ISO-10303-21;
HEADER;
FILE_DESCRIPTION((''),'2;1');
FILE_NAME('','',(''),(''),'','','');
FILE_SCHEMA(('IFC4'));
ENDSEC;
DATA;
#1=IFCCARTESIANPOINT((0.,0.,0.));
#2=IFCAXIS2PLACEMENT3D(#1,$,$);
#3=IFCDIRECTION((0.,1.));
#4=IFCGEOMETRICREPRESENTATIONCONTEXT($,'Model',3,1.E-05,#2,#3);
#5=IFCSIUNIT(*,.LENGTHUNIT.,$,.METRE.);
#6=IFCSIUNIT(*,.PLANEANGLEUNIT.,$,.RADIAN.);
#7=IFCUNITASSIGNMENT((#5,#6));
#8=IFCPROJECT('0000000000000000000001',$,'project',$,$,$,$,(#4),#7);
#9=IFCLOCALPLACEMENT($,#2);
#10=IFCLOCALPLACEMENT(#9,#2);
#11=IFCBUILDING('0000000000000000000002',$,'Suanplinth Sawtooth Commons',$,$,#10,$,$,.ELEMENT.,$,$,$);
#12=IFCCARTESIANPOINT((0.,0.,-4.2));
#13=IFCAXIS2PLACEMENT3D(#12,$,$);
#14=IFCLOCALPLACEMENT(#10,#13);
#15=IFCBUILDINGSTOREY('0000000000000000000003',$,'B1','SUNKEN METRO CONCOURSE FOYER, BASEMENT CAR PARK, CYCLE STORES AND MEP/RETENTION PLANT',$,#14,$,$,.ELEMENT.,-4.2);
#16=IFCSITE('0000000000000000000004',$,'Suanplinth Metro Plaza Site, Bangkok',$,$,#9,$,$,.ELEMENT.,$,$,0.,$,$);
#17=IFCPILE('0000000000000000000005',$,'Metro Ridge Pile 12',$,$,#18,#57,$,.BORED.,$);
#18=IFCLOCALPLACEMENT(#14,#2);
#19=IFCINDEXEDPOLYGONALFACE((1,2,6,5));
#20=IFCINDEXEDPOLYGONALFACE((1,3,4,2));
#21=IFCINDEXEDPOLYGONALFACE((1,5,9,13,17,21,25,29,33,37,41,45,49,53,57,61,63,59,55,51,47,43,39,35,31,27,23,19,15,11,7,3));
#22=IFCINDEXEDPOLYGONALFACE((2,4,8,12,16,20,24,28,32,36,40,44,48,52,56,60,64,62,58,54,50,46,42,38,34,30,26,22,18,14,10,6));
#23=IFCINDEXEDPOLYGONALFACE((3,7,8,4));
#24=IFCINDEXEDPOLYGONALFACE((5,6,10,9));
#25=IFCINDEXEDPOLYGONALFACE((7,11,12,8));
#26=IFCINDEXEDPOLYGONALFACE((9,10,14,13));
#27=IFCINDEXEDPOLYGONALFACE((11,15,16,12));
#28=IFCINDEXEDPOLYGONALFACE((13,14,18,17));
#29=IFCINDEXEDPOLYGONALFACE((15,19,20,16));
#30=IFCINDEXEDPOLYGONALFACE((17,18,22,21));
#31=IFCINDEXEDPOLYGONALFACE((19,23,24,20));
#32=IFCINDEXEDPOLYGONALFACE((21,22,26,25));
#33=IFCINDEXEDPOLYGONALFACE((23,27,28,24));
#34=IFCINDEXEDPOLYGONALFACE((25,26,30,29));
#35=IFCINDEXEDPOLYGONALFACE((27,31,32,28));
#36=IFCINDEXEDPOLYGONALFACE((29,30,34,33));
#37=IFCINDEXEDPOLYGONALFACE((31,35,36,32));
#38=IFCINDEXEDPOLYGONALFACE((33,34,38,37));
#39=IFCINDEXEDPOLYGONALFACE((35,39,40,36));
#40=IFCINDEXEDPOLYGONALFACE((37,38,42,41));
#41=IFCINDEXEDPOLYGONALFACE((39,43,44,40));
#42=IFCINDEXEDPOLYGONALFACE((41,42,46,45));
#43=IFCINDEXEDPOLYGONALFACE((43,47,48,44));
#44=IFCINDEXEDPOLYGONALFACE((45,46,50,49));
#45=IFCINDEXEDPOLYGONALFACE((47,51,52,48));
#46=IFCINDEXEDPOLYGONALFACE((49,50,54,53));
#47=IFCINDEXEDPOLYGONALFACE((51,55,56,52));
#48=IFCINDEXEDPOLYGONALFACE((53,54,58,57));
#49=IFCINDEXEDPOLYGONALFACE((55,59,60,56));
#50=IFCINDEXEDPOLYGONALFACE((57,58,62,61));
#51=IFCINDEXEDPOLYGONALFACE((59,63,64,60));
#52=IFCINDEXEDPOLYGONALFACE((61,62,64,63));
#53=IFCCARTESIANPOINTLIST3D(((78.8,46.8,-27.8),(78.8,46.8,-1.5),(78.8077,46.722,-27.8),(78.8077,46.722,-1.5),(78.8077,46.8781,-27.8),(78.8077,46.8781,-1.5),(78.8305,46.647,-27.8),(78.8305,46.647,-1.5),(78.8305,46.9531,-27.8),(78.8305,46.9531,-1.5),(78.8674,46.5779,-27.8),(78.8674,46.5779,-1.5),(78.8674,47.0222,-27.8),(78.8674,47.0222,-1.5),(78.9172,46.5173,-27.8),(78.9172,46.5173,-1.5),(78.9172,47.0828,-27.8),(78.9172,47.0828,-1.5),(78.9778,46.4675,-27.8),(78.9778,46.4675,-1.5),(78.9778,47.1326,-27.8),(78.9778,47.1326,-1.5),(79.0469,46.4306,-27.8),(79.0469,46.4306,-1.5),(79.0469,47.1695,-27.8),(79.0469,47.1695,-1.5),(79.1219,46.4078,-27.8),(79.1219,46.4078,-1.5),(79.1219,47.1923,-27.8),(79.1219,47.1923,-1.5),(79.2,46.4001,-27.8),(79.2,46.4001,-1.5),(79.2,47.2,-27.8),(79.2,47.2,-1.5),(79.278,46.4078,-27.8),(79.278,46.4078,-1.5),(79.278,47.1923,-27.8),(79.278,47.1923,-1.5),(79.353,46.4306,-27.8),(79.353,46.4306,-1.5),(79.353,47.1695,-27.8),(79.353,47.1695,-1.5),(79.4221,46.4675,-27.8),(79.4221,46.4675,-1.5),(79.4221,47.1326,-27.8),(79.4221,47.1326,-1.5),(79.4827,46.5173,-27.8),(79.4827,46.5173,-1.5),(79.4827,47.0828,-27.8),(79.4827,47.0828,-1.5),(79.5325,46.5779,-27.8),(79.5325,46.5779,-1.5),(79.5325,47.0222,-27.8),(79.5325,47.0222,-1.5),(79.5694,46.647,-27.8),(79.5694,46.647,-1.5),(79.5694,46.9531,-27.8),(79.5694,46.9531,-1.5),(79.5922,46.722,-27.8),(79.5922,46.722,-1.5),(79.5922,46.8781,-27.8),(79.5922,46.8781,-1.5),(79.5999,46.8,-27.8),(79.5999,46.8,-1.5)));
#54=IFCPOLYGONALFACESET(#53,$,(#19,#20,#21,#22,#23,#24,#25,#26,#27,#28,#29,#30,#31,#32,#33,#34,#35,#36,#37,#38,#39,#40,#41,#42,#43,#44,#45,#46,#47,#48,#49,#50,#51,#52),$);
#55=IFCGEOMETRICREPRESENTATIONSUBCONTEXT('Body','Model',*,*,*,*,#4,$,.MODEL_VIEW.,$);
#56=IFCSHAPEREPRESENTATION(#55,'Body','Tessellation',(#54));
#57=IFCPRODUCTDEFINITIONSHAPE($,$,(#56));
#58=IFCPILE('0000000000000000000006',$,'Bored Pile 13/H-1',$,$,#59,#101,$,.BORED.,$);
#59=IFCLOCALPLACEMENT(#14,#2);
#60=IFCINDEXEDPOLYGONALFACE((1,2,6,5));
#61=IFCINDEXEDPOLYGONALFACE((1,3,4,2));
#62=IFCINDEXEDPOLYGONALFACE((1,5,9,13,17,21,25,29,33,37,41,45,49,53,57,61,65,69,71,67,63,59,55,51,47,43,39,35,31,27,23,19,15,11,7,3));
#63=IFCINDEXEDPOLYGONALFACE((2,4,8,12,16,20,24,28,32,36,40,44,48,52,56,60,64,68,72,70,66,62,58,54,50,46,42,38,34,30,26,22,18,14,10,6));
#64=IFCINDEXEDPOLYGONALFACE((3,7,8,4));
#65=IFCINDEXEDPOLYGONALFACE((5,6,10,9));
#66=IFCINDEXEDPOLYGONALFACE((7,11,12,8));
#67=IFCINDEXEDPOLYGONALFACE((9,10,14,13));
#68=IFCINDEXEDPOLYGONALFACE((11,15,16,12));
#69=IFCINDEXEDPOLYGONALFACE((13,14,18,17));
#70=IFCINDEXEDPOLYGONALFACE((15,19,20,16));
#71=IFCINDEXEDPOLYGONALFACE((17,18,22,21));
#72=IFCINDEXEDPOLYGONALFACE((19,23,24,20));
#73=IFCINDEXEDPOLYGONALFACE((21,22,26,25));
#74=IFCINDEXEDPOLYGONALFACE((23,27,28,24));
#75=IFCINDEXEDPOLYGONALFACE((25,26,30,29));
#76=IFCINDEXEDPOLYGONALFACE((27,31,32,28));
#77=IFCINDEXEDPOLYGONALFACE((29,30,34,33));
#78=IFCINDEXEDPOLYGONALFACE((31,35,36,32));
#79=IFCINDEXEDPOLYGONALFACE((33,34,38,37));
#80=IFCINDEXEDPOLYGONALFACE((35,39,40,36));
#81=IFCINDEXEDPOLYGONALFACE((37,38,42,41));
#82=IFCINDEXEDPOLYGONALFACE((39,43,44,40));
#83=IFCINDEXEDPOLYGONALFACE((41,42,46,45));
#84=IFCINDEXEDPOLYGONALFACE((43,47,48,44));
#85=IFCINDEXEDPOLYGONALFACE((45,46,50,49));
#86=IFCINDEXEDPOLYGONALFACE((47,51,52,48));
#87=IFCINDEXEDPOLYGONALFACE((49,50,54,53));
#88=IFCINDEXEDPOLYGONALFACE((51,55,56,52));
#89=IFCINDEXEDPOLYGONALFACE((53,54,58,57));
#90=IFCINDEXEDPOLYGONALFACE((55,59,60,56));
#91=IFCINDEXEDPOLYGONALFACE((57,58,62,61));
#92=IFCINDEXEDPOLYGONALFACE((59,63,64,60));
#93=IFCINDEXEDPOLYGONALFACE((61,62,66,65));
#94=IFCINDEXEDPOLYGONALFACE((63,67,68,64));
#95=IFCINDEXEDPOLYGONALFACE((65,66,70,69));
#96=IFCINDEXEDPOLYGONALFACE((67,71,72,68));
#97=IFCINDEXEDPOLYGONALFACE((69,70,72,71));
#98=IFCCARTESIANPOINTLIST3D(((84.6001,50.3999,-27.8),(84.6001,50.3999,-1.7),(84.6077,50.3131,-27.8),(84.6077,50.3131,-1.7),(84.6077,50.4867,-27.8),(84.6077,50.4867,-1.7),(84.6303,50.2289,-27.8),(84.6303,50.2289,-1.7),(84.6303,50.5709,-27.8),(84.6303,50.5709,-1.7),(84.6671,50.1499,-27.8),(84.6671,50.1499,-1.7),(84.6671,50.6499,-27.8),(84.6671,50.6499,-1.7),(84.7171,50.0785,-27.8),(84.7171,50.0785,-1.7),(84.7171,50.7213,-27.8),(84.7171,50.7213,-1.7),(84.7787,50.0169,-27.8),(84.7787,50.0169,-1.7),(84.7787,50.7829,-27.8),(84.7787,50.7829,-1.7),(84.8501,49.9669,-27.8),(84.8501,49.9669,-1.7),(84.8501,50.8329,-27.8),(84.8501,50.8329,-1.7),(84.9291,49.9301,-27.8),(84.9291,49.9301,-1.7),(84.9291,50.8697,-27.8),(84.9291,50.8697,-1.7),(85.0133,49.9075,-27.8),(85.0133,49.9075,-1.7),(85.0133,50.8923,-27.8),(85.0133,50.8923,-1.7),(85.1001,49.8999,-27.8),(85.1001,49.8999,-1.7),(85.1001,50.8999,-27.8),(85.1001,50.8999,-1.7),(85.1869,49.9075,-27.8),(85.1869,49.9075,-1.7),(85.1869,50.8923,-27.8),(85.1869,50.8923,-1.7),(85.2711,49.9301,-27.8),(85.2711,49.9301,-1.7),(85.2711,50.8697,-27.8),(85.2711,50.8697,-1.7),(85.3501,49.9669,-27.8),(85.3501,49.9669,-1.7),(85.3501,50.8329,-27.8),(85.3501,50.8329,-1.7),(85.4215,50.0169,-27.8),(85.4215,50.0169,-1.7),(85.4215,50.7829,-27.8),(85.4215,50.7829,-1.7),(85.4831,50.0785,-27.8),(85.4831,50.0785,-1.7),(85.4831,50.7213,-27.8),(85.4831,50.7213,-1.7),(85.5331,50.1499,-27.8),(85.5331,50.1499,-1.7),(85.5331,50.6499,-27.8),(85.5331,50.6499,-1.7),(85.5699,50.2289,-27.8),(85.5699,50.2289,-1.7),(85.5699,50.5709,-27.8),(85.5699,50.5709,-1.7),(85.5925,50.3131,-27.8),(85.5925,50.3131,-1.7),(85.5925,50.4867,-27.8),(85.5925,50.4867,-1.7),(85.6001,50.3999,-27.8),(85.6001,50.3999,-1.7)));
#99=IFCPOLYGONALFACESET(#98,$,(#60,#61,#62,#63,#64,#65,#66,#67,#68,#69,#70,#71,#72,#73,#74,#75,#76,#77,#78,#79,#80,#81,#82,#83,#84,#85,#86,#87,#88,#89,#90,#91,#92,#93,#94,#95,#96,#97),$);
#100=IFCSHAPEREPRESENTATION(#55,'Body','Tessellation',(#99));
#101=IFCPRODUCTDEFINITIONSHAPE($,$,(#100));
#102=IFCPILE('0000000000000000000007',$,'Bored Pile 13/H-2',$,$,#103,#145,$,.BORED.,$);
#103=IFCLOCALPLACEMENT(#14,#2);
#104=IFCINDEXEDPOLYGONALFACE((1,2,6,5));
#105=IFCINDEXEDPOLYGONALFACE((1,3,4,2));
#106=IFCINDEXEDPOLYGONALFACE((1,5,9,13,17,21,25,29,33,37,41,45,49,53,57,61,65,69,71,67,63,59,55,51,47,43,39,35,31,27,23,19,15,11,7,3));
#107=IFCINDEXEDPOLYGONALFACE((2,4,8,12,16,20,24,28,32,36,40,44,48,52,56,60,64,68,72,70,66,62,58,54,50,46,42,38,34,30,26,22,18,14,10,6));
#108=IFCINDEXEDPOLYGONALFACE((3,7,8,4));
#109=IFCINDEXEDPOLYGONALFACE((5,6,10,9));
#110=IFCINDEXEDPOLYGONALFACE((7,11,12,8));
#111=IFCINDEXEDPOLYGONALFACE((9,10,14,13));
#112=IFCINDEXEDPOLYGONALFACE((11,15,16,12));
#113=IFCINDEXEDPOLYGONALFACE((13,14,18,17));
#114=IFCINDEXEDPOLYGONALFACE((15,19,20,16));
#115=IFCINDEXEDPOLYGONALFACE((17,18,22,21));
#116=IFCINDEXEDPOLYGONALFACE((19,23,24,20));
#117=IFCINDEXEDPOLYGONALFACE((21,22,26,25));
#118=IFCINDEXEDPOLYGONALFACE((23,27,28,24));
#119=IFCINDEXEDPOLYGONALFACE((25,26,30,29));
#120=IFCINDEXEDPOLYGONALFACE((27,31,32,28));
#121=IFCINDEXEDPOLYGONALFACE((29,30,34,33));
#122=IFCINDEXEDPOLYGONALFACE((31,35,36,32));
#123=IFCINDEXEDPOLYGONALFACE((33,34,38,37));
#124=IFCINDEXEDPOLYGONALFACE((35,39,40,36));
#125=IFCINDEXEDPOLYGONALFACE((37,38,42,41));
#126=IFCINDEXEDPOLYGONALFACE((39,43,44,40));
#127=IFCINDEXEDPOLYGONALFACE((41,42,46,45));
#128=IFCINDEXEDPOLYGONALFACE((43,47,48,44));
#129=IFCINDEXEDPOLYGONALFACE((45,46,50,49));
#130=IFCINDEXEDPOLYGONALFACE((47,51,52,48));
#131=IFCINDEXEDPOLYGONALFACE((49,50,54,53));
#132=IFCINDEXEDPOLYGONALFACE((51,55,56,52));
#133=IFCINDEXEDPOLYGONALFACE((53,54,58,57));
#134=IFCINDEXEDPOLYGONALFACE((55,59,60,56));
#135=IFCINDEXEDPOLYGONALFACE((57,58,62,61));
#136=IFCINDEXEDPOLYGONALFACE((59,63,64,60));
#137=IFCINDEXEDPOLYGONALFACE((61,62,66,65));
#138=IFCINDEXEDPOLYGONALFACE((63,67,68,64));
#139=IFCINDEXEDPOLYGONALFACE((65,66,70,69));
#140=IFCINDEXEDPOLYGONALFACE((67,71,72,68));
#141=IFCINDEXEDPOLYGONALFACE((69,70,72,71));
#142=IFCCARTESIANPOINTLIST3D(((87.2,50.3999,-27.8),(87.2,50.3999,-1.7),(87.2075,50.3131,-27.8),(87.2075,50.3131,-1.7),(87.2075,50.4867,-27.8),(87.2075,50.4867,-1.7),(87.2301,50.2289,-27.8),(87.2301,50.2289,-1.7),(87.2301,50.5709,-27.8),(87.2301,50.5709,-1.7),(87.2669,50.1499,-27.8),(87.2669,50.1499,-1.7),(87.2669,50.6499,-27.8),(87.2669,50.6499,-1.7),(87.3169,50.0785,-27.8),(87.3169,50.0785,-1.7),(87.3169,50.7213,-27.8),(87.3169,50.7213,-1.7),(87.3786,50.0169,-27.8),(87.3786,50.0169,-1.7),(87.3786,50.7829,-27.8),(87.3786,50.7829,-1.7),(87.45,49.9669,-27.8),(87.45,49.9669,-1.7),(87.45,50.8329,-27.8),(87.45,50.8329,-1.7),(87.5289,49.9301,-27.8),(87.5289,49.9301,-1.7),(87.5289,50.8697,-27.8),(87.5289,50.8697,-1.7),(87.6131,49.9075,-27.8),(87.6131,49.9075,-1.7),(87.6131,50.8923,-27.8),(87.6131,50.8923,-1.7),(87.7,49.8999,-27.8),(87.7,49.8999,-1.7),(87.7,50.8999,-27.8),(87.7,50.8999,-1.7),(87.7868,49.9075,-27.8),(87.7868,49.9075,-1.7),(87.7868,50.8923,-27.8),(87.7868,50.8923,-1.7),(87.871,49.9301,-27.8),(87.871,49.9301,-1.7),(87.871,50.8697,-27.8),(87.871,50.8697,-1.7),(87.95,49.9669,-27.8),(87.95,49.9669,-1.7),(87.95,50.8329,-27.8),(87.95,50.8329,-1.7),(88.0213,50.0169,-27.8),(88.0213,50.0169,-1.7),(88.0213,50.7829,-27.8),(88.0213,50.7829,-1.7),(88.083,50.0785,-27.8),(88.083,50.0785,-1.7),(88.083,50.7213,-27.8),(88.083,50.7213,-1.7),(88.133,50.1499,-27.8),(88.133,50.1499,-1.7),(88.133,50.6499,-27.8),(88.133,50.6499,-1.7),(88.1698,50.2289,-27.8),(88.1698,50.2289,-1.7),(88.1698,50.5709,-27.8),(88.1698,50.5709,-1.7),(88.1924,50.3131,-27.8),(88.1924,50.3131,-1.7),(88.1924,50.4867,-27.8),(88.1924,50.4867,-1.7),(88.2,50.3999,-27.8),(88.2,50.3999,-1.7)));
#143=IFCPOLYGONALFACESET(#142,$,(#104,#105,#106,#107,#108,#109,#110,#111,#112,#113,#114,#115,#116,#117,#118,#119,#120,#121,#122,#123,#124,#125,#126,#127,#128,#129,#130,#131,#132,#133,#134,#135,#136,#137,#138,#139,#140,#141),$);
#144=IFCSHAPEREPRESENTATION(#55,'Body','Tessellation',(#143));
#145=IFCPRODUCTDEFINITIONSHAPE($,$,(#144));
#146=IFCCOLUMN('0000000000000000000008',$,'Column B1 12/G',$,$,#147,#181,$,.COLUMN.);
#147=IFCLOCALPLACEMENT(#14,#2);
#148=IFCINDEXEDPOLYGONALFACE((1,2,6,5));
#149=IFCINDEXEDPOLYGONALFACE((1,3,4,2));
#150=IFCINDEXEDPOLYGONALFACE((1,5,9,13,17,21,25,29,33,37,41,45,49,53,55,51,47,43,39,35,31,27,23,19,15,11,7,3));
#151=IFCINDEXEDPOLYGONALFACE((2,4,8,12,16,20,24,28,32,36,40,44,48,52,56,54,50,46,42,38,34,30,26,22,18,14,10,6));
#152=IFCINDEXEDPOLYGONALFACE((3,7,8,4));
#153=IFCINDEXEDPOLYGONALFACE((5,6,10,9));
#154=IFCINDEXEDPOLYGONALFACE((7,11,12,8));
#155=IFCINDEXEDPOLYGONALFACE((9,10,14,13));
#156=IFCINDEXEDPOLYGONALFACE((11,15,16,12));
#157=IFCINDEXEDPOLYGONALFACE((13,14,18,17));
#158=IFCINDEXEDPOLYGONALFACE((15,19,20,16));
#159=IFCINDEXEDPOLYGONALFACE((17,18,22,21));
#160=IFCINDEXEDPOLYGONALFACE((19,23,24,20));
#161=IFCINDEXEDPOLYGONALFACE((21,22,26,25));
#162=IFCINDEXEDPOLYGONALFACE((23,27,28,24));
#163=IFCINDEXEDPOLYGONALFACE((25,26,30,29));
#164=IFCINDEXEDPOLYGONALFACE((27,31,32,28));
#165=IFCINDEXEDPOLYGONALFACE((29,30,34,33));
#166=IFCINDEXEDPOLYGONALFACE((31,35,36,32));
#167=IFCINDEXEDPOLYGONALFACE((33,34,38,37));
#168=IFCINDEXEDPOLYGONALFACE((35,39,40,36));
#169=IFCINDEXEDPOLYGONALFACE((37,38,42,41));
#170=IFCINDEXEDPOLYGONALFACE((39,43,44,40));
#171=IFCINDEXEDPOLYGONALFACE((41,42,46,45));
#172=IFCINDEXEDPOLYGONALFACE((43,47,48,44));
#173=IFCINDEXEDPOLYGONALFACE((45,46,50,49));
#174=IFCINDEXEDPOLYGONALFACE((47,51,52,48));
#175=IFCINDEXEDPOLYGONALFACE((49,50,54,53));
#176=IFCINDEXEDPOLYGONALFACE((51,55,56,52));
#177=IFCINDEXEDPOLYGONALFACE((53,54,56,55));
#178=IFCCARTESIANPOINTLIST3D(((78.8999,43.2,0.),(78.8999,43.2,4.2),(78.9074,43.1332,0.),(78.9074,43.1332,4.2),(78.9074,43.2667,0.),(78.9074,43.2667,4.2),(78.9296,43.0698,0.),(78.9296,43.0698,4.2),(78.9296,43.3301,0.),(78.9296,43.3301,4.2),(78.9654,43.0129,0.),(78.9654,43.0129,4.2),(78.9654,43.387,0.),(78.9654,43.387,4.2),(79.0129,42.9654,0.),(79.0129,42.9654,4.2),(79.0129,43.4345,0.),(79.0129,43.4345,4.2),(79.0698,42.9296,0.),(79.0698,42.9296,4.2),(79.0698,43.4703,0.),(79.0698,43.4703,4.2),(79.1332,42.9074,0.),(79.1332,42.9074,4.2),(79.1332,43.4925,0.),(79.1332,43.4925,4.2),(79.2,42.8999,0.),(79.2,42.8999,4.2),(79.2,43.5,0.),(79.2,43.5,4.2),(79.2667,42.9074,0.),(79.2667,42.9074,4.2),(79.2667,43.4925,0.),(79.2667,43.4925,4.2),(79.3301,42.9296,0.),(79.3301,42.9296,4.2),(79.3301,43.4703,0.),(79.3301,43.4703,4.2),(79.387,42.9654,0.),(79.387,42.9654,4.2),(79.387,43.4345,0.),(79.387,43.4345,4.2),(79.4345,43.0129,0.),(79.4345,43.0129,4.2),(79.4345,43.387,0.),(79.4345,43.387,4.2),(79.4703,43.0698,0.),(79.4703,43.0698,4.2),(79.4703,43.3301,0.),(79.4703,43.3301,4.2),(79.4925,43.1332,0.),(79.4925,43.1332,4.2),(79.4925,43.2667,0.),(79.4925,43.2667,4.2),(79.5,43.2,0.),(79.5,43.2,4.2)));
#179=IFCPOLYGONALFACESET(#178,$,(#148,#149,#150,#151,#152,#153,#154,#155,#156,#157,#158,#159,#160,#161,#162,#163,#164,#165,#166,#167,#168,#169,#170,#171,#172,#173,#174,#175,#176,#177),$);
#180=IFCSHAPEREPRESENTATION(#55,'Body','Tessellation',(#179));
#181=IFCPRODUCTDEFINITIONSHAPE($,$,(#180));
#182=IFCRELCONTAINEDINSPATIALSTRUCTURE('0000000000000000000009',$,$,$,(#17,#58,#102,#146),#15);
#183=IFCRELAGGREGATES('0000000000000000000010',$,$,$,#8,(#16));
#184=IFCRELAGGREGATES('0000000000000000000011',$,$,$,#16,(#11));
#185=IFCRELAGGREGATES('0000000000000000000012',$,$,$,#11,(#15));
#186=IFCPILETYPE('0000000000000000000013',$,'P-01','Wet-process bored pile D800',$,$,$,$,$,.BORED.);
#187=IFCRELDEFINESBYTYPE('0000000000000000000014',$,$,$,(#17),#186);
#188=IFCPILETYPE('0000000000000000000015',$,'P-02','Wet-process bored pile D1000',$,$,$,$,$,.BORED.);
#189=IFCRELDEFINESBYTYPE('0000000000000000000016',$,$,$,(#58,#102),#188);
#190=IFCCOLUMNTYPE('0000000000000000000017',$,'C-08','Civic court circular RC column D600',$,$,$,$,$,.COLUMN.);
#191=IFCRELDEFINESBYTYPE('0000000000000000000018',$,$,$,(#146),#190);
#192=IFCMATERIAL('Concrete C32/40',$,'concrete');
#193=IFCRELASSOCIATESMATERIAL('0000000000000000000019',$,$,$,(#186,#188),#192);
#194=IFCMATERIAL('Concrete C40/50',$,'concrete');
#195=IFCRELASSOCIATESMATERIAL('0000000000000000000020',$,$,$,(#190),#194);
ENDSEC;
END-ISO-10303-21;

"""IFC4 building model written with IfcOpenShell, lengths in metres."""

from ifc_helpers import new_model, si_unit, direction, frame, origin, origin_2d, place, context, subcontext, project, spatial, circle, extrude, material, material_profile, profile_set, type_object, element, save


model = new_model("IFC4")

# Units and contexts
model_context = context("Model", 3, precision=1e-05, world=origin(), true_north=direction((0.0, 1.0)))
body_context = subcontext(model_context, "Body", "Model", "MODEL_VIEW")
ifc_project = project(units=[si_unit("LENGTHUNIT", "METRE"), si_unit("PLANEANGLEUNIT", "RADIAN")], contexts=[model_context])

# Site, building, storey
site_placement = place(None, origin())
site = spatial("IfcSite", under=ifc_project, at=site_placement, Name="Suanplinth Metro Plaza Site, Bangkok", CompositionType="ELEMENT", RefElevation=0.0)
building_placement = place(site_placement, origin())
building = spatial("IfcBuilding", under=site, at=building_placement, Name="Suanplinth Sawtooth Commons", CompositionType="ELEMENT")
storey_placement = place(building_placement, frame((0.0, 0.0, -4.2)))
storey = spatial("IfcBuildingStorey", under=building, at=storey_placement, Name="B1", Description="SUNKEN METRO CONCOURSE FOYER, BASEMENT CAR PARK, CYCLE STORES AND MEP/RETENTION PLANT", CompositionType="ELEMENT", Elevation=-4.2)

# Piles
ifc_material_1 = material(Name="Concrete C32/40", Category="concrete")
ifc_material_profile_1 = material_profile(ifc_material_1, circle(Radius=0.3999, at=origin_2d()), Name="PILE D800")
ifc_profile_set_1 = profile_set([ifc_material_profile_1], Name="Concrete C32/40")
pile_type_1 = type_object("IfcPileType", Name="P-01", Description="Wet-process bored pile D800", PredefinedType="BORED", material=ifc_profile_set_1)
pile_1_placement = place(storey_placement, frame((79.2, 46.8, -1.5), z_axis=(0.0, 0.0, -1.0), x_axis=(1.0, 0.0, 0.0)))
element("IfcPile", 1, at=pile_1_placement, inside=storey, type_object=pile_type_1, Name="Metro Ridge Pile 12", PredefinedType="BORED", context=body_context, shape_type="SweptSolid", body=[
    extrude(circle(Radius=0.3999, at=origin_2d()), origin(), (0.0, 0.0, 1.0), 26.3),
])
ifc_material_profile_2 = material_profile(ifc_material_1, circle(Radius=0.5, at=origin_2d()), Name="PILE D1000")
ifc_profile_set_2 = profile_set([ifc_material_profile_2], Name="Concrete C32/40")
pile_type_2 = type_object("IfcPileType", Name="P-02", Description="Wet-process bored pile D1000", PredefinedType="BORED", material=ifc_profile_set_2)
for number, where, z_axis, x_axis, name in (
    (2, (85.1001, 50.3999, -1.7), (0.0, 0.0, -1.0), (1.0, 0.0, 0.0), "Bored Pile 13/H-1"),
    (3, (87.7, 50.3999, -1.7), (0.0, 0.0, -1.0), (1.0, 0.0, 0.0), "Bored Pile 13/H-2"),
):
    element("IfcPile", number, at=place(storey_placement, frame(where, z_axis=z_axis, x_axis=x_axis)), inside=storey, type_object=pile_type_2, Name=name, PredefinedType="BORED", context=body_context, shape_type="SweptSolid", body=[
        extrude(circle(Radius=0.5, at=origin_2d()), origin(), (0.0, 0.0, 1.0), 26.1001),
    ])

# Column
ifc_material_2 = material(Name="Concrete C40/50", Category="concrete")
ifc_material_profile_3 = material_profile(ifc_material_2, circle(Radius=0.3, at=origin_2d()), Name="RC-CIRC D600")
ifc_profile_set_3 = profile_set([ifc_material_profile_3], Name="Concrete C40/50")
column_type_1 = type_object("IfcColumnType", Name="C-08", Description="Civic court circular RC column D600", PredefinedType="COLUMN", material=ifc_profile_set_3)
for number, where, z_axis, x_axis, name in (
    (4, (79.2, 43.2, 0.0), (0.0, 0.0, 1.0), (1.0, 0.0, 0.0), "Column B1 12/G"),
):
    element("IfcColumn", number, at=place(storey_placement, frame(where, z_axis=z_axis, x_axis=x_axis)), inside=storey, type_object=column_type_1, Name=name, PredefinedType="COLUMN", context=body_context, shape_type="SweptSolid", body=[
        extrude(circle(Radius=0.3, at=origin_2d()), origin(), (0.0, 0.0, 1.0), 4.2),
    ])

save(model, "model.ifc")
